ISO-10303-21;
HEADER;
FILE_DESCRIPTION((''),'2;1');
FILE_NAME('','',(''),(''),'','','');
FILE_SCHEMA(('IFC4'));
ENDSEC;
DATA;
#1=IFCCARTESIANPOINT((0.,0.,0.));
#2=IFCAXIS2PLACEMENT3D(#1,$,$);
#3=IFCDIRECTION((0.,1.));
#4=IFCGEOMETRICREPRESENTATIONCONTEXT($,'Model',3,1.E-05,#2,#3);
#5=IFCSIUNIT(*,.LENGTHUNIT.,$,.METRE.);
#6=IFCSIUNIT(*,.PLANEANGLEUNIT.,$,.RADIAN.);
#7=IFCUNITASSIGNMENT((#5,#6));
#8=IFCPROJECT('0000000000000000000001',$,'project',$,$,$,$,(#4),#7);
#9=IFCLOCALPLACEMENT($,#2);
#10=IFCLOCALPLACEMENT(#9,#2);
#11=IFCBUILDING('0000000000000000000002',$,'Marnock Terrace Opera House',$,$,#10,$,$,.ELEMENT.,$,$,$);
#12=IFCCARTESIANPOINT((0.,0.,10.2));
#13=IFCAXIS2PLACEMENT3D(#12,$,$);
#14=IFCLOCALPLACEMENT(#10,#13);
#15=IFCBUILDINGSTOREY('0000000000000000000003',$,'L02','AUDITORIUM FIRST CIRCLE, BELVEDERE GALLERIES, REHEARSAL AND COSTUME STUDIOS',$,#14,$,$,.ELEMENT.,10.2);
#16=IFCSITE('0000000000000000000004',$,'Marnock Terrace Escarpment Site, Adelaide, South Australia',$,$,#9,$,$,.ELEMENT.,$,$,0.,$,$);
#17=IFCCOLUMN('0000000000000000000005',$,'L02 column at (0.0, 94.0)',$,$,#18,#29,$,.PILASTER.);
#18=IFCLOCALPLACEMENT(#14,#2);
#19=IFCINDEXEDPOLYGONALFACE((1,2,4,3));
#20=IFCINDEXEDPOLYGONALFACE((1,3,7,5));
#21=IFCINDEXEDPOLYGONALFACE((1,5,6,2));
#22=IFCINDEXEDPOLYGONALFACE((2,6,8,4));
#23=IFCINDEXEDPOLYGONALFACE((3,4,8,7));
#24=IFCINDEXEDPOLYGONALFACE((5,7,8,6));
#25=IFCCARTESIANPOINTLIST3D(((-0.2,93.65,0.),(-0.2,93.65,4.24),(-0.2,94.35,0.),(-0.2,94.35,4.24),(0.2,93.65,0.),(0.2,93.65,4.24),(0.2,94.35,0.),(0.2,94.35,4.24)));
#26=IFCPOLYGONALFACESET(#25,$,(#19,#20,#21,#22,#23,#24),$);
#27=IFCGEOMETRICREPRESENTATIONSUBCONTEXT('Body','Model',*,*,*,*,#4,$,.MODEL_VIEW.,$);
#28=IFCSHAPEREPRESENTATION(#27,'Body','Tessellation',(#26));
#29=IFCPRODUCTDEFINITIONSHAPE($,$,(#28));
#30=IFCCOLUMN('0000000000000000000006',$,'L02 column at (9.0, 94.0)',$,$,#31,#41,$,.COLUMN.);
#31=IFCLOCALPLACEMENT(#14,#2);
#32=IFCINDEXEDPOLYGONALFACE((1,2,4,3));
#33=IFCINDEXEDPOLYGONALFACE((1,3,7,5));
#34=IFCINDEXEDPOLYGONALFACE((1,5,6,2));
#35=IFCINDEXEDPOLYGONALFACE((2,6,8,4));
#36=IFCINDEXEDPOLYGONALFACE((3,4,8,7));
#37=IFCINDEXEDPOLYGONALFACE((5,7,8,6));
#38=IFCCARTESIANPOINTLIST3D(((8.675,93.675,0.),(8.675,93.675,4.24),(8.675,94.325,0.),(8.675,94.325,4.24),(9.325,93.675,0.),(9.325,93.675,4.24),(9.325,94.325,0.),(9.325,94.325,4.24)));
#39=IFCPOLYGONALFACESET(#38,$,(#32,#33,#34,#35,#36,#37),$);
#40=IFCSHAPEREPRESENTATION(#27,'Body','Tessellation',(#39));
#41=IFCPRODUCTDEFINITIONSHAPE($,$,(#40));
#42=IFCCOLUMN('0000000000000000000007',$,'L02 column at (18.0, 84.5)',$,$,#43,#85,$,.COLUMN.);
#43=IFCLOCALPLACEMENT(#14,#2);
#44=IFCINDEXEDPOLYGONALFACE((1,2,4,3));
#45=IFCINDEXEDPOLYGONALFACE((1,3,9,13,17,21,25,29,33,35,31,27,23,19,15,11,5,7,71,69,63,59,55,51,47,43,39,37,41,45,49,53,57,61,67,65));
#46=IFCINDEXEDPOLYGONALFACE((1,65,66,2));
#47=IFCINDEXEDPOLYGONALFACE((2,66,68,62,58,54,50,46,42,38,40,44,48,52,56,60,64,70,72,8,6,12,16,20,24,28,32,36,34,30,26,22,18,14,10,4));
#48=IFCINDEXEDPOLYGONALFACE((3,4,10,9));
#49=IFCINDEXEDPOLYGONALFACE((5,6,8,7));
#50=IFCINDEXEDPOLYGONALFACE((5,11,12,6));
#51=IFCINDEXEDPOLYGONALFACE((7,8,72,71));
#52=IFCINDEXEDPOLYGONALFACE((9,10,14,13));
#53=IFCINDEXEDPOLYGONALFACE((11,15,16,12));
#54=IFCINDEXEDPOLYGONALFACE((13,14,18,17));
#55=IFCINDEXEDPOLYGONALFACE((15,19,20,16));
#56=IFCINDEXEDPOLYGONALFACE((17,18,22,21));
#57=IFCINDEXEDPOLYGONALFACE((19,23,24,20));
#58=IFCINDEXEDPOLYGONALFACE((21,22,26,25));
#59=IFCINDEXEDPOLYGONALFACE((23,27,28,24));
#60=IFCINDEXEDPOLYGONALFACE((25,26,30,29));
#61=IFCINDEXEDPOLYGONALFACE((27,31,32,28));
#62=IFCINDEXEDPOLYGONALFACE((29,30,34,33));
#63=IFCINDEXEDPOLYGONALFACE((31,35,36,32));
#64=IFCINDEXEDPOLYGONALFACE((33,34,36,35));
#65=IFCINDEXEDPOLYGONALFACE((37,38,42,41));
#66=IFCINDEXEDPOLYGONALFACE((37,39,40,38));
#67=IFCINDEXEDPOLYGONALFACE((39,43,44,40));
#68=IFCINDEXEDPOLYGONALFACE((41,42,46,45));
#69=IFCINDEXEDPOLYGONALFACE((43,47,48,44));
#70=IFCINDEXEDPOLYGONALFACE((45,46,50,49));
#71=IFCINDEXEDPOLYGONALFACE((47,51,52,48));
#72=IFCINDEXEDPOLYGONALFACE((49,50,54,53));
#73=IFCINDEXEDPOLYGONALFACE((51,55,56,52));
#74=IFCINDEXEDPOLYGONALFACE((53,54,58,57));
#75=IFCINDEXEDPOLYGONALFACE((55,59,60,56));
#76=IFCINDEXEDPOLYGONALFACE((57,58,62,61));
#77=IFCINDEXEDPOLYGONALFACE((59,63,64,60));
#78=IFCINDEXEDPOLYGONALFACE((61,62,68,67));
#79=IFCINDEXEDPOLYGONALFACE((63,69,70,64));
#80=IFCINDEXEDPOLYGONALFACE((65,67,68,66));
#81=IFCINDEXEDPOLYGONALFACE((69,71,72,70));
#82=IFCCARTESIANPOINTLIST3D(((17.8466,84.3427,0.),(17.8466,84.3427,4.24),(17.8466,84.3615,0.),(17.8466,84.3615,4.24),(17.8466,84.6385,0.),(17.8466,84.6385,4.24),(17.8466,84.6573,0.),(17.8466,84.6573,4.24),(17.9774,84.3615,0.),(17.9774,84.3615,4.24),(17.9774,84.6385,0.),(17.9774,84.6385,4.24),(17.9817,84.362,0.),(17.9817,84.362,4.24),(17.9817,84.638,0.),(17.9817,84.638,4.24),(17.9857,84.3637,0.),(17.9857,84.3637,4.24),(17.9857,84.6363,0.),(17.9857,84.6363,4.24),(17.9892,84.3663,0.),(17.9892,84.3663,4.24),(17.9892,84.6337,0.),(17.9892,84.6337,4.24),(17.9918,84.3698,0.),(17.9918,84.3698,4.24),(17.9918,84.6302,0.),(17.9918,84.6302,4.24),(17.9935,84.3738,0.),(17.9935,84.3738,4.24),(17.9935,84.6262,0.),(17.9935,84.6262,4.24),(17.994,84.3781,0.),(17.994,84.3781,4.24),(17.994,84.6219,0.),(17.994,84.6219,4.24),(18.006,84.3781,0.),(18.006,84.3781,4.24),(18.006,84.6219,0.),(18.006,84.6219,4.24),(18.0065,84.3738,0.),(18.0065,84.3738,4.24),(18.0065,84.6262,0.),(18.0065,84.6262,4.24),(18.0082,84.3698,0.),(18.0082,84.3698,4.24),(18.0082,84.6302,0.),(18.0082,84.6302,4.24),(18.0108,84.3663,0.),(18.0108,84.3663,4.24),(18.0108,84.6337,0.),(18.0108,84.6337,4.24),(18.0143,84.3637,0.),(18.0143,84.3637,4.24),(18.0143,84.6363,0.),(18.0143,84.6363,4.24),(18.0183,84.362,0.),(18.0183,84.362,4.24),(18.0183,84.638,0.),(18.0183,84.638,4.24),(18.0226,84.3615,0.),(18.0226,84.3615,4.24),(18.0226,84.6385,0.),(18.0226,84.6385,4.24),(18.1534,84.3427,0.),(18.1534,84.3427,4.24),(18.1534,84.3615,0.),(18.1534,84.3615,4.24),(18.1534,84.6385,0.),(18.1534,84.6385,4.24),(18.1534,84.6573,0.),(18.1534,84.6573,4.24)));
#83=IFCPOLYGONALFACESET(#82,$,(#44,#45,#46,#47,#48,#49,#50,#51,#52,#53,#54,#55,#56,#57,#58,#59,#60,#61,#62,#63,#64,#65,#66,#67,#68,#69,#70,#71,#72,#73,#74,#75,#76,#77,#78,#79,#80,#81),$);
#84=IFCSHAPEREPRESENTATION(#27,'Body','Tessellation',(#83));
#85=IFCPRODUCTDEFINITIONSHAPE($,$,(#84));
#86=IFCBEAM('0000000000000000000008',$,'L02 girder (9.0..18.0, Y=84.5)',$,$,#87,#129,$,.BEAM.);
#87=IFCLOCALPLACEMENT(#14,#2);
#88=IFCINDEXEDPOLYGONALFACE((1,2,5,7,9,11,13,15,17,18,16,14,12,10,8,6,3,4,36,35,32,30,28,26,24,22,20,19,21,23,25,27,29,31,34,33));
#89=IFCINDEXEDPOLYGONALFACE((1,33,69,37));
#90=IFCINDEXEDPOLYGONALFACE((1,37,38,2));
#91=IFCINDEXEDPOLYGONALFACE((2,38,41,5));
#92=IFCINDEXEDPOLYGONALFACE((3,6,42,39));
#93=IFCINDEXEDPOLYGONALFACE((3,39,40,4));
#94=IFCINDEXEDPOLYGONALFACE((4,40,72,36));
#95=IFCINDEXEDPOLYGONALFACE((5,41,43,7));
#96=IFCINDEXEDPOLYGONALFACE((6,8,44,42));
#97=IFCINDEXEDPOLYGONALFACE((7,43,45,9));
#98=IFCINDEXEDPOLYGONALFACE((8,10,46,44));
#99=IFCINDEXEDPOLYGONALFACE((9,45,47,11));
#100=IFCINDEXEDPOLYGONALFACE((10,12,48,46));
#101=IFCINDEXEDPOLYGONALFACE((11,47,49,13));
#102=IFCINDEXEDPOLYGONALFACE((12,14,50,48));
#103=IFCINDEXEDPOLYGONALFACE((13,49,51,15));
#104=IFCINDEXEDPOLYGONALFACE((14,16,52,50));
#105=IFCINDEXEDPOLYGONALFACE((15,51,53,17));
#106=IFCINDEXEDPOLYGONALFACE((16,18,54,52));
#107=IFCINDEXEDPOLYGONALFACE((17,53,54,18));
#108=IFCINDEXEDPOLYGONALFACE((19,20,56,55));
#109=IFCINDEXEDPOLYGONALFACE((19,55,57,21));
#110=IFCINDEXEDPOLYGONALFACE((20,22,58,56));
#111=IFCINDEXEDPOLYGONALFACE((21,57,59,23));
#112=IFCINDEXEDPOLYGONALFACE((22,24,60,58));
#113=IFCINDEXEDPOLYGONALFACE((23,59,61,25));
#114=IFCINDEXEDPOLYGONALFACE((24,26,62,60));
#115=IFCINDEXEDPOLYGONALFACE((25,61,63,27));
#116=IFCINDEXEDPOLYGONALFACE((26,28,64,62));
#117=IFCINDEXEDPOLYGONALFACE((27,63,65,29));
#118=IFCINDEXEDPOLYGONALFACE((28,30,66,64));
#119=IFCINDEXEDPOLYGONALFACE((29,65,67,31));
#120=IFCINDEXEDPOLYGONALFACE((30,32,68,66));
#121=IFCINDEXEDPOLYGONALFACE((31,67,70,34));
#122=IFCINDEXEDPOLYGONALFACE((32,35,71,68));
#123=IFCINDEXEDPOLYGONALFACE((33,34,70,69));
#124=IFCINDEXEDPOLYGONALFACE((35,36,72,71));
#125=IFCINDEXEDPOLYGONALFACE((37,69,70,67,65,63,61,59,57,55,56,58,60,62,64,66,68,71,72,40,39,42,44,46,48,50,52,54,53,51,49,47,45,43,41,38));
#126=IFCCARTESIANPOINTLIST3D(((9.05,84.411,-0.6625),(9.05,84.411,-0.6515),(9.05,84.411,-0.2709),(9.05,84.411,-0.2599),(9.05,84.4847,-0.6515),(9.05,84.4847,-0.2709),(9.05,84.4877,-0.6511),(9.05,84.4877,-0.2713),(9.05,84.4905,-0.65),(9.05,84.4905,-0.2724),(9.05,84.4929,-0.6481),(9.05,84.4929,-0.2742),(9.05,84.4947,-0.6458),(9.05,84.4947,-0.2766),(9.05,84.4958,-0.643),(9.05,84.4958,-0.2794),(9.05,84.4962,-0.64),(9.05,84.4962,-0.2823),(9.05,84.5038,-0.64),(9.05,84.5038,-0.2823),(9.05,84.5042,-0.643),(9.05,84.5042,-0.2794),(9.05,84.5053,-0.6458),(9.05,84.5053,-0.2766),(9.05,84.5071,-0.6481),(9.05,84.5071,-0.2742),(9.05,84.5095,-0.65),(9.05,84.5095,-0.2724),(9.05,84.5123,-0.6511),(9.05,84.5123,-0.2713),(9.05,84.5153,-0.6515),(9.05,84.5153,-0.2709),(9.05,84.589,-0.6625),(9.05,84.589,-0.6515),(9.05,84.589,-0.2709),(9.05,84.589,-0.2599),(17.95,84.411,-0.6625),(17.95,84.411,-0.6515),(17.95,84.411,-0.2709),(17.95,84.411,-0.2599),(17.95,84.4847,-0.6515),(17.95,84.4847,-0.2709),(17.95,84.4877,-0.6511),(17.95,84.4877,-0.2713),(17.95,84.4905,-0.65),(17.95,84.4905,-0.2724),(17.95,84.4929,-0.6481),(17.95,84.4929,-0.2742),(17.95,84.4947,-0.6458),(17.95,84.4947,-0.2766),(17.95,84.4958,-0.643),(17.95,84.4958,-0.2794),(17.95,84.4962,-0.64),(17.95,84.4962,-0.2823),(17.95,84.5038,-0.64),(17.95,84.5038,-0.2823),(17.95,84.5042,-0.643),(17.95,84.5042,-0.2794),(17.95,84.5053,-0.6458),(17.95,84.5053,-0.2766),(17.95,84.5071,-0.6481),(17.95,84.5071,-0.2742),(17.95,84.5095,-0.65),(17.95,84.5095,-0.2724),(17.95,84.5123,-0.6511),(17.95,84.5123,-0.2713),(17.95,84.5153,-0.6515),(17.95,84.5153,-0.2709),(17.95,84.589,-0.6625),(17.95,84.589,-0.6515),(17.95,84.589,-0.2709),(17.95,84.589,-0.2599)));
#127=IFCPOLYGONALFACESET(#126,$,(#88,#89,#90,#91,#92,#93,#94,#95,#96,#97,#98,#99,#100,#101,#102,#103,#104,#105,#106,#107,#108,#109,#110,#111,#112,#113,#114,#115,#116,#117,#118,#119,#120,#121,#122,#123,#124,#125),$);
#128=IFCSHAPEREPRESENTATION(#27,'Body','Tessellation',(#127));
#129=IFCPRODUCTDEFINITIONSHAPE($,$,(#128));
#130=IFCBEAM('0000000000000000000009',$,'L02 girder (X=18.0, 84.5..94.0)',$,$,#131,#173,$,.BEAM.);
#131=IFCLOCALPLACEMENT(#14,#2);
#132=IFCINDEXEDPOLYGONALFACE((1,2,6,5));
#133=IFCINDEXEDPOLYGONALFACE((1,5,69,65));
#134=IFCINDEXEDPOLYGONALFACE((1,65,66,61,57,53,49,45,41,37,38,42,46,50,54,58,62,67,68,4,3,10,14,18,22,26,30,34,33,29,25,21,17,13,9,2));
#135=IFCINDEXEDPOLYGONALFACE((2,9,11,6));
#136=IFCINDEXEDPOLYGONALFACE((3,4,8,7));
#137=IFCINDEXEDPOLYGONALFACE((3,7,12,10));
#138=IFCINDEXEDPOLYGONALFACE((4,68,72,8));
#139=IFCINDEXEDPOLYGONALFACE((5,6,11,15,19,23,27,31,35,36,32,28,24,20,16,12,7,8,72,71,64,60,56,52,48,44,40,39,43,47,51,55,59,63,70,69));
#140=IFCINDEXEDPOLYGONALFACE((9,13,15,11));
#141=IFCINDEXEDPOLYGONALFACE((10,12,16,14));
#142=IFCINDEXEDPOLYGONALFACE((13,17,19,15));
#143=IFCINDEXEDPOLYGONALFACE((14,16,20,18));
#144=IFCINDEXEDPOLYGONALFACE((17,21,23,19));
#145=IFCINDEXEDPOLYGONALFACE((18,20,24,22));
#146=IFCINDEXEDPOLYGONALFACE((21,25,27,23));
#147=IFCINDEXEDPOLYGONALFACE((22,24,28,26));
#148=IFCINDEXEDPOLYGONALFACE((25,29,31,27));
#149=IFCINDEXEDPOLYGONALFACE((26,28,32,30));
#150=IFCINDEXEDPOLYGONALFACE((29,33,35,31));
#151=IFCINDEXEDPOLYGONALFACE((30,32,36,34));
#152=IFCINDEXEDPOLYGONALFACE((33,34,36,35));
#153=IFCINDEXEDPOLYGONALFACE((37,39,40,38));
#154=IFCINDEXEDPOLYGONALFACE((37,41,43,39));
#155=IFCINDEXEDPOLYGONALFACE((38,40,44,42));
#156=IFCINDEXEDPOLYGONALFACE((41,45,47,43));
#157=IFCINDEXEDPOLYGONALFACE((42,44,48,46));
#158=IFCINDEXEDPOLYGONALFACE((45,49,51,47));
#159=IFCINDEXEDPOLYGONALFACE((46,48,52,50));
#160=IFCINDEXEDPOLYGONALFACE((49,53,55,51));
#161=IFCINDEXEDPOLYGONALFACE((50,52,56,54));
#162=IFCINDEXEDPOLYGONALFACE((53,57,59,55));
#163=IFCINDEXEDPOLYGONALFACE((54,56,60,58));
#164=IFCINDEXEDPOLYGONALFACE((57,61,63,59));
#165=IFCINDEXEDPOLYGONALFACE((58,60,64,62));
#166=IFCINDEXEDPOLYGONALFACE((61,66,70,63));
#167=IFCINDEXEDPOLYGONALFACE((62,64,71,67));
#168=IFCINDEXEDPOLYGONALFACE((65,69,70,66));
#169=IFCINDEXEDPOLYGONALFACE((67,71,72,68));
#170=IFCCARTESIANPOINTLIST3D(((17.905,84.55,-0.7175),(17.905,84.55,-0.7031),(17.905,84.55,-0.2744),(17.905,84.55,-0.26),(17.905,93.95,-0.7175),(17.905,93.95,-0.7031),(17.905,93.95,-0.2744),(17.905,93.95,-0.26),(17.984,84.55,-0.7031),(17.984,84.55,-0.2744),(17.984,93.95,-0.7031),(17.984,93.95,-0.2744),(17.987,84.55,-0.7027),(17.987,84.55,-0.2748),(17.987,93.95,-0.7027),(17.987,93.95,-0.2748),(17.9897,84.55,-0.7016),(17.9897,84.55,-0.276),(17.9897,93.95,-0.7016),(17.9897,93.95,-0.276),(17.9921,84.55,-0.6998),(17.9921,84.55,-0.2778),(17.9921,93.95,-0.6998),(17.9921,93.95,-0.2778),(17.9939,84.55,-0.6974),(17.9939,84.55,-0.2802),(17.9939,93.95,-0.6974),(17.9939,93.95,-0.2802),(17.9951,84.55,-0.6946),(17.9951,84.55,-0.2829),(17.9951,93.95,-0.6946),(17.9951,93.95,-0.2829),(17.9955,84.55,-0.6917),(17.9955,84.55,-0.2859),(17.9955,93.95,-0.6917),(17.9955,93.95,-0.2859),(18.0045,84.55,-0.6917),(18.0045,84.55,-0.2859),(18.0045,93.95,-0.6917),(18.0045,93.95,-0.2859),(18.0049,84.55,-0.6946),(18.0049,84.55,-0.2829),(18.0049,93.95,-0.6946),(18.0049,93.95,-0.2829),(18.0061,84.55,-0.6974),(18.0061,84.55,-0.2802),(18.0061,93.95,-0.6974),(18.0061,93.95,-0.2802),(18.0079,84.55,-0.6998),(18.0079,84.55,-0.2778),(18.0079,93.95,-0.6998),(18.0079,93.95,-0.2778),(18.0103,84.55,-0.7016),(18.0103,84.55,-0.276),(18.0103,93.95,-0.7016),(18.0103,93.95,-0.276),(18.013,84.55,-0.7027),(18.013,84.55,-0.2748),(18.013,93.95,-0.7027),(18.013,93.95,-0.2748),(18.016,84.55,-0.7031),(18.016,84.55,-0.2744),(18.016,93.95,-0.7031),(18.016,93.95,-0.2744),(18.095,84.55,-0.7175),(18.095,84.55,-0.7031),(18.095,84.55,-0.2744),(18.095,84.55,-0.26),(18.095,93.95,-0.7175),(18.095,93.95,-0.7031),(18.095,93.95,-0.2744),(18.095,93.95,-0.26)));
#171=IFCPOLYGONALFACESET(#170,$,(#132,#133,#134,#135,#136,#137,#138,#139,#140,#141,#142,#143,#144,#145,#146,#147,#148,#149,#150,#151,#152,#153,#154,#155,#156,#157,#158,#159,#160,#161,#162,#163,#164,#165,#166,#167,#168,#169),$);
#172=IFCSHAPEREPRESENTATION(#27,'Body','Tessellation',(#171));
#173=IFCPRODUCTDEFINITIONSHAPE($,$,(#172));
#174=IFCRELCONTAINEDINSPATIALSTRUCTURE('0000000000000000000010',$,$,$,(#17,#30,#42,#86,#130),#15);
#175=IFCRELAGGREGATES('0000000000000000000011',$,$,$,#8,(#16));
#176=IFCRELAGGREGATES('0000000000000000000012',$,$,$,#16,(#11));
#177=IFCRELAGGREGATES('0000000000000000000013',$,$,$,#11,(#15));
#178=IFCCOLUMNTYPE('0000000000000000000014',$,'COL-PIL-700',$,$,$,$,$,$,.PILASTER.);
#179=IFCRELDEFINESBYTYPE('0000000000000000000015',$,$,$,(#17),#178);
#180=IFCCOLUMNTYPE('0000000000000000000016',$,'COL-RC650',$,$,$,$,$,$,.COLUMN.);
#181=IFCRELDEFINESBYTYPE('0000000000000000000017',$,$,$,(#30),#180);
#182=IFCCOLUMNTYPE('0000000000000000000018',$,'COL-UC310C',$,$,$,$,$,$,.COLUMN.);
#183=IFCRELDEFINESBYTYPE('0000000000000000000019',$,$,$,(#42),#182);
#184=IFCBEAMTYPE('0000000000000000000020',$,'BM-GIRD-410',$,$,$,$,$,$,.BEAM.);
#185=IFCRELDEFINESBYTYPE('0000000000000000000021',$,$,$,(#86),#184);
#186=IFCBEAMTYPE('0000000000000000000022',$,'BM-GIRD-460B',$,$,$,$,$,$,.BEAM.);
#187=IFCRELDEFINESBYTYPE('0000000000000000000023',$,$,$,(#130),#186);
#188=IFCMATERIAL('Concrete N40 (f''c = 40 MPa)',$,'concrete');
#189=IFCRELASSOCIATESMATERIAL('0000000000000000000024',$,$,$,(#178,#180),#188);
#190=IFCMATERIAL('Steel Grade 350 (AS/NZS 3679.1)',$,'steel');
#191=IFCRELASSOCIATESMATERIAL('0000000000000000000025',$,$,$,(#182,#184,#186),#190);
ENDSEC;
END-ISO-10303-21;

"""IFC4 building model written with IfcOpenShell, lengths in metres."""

from ifc_helpers import new_model, si_unit, direction, frame, origin, origin_2d, place, context, subcontext, project, spatial, rectangle, i_section, extrude, material, material_profile, profile_set, type_object, element, save


model = new_model("IFC4")

# Units and contexts
model_context = context("Model", 3, precision=1e-05, world=origin(), true_north=direction((0.0, 1.0)))
body_context = subcontext(model_context, "Body", "Model", "MODEL_VIEW")
ifc_project = project(units=[si_unit("LENGTHUNIT", "METRE"), si_unit("PLANEANGLEUNIT", "RADIAN")], contexts=[model_context])

# Site, building, storey
site_placement = place(None, origin())
site = spatial("IfcSite", under=ifc_project, at=site_placement, Name="Marnock Terrace Escarpment Site, Adelaide, South Australia", CompositionType="ELEMENT", RefElevation=0.0)
building_placement = place(site_placement, origin())
building = spatial("IfcBuilding", under=site, at=building_placement, Name="Marnock Terrace Opera House", CompositionType="ELEMENT")
storey_placement = place(building_placement, frame((0.0, 0.0, 10.2)))
storey = spatial("IfcBuildingStorey", under=building, at=storey_placement, Name="L02", Description="AUDITORIUM FIRST CIRCLE, BELVEDERE GALLERIES, REHEARSAL AND COSTUME STUDIOS", CompositionType="ELEMENT", Elevation=10.2)

# Columns
ifc_material_1 = material(Name="Concrete N40 (f'c = 40 MPa)", Category="concrete")
ifc_material_profile_1 = material_profile(ifc_material_1, rectangle(XDim=0.3999, YDim=0.7, at=origin_2d()))
ifc_profile_set_1 = profile_set([ifc_material_profile_1], Name="Concrete N40 (f'c = 40 MPa)")
column_type_1 = type_object("IfcColumnType", Name="COL-PIL-700", PredefinedType="PILASTER", material=ifc_profile_set_1)
column_1_placement = place(storey_placement, frame((0.0, 94.0, 0.0), z_axis=(0.0, 0.0, 1.0), x_axis=(1.0, 0.0, 0.0)))
element("IfcColumn", 1, at=column_1_placement, inside=storey, type_object=column_type_1, Name="L02 column at (0.0, 94.0)", PredefinedType="PILASTER", context=body_context, shape_type="SweptSolid", body=[
    extrude(rectangle(XDim=0.3999, YDim=0.7, at=origin_2d()), origin(), (0.0, 0.0, 1.0), 4.24),
])
ifc_material_profile_2 = material_profile(ifc_material_1, rectangle(XDim=0.6499, YDim=0.6499, at=origin_2d()))
ifc_profile_set_2 = profile_set([ifc_material_profile_2], Name="Concrete N40 (f'c = 40 MPa)")
column_type_2 = type_object("IfcColumnType", Name="COL-RC650", PredefinedType="COLUMN", material=ifc_profile_set_2)
column_2_placement = place(storey_placement, frame((9.0, 94.0, 0.0), z_axis=(0.0, 0.0, 1.0), x_axis=(1.0, 0.0, 0.0)))
element("IfcColumn", 2, at=column_2_placement, inside=storey, type_object=column_type_2, Name="L02 column at (9.0, 94.0)", PredefinedType="COLUMN", context=body_context, shape_type="SweptSolid", body=[
    extrude(rectangle(XDim=0.6499, YDim=0.6499, at=origin_2d()), origin(), (0.0, 0.0, 1.0), 4.24),
])
ifc_material_2 = material(Name="Steel Grade 350 (AS/NZS 3679.1)", Category="steel")
ifc_material_profile_3 = material_profile(ifc_material_2, i_section(OverallWidth=0.3069, OverallDepth=0.3147, WebThickness=0.012, FlangeThickness=0.0188, FilletRadius=0.0166, at=origin_2d()))
ifc_profile_set_3 = profile_set([ifc_material_profile_3], Name="Steel Grade 350 (AS/NZS 3679.1)")
column_type_3 = type_object("IfcColumnType", Name="COL-UC310C", PredefinedType="COLUMN", material=ifc_profile_set_3)
column_3_placement = place(storey_placement, frame((18.0, 84.5, 0.0), z_axis=(0.0, 0.0, 1.0), x_axis=(1.0, 0.0, 0.0)))
element("IfcColumn", 3, at=column_3_placement, inside=storey, type_object=column_type_3, Name="L02 column at (18.0, 84.5)", PredefinedType="COLUMN", context=body_context, shape_type="SweptSolid", body=[
    extrude(i_section(OverallWidth=0.3069, OverallDepth=0.3147, WebThickness=0.012, FlangeThickness=0.0188, FilletRadius=0.0166, at=origin_2d()), origin(), (0.0, 0.0, 1.0), 4.24),
])

# Beams
ifc_material_profile_4 = material_profile(ifc_material_2, i_section(OverallWidth=0.178, OverallDepth=0.4026, WebThickness=0.0076, FlangeThickness=0.011, FilletRadius=0.0115, at=origin_2d()))
ifc_profile_set_4 = profile_set([ifc_material_profile_4], Name="Steel Grade 350 (AS/NZS 3679.1)")
beam_type_1 = type_object("IfcBeamType", Name="BM-GIRD-410", PredefinedType="BEAM", material=ifc_profile_set_4)
beam_1_placement = place(storey_placement, frame((9.05, 84.5, -0.4612), z_axis=(1.0, 0.0, 0.0), x_axis=(0.0, 1.0, 0.0)))
element("IfcBeam", 4, at=beam_1_placement, inside=storey, type_object=beam_type_1, Name="L02 girder (9.0..18.0, Y=84.5)", PredefinedType="BEAM", context=body_context, shape_type="SweptSolid", body=[
    extrude(i_section(OverallWidth=0.178, OverallDepth=0.4026, WebThickness=0.0076, FlangeThickness=0.011, FilletRadius=0.0115, at=origin_2d()), origin(), (0.0, 0.0, 1.0), 8.8999),
])
ifc_material_profile_5 = material_profile(ifc_material_2, i_section(OverallWidth=0.1899, OverallDepth=0.4575, WebThickness=0.009, FlangeThickness=0.0144, FilletRadius=0.0115, at=origin_2d()))
ifc_profile_set_5 = profile_set([ifc_material_profile_5], Name="Steel Grade 350 (AS/NZS 3679.1)")
beam_type_2 = type_object("IfcBeamType", Name="BM-GIRD-460B", PredefinedType="BEAM", material=ifc_profile_set_5)
beam_2_placement = place(storey_placement, frame((18.0, 84.55, -0.4888), z_axis=(0.0, 1.0, 0.0), x_axis=(-1.0, 0.0, 0.0)))
element("IfcBeam", 5, at=beam_2_placement, inside=storey, type_object=beam_type_2, Name="L02 girder (X=18.0, 84.5..94.0)", PredefinedType="BEAM", context=body_context, shape_type="SweptSolid", body=[
    extrude(i_section(OverallWidth=0.1899, OverallDepth=0.4575, WebThickness=0.009, FlangeThickness=0.0144, FilletRadius=0.0115, at=origin_2d()), origin(), (0.0, 0.0, 1.0), 9.3999),
])

save(model, "model.ifc")
